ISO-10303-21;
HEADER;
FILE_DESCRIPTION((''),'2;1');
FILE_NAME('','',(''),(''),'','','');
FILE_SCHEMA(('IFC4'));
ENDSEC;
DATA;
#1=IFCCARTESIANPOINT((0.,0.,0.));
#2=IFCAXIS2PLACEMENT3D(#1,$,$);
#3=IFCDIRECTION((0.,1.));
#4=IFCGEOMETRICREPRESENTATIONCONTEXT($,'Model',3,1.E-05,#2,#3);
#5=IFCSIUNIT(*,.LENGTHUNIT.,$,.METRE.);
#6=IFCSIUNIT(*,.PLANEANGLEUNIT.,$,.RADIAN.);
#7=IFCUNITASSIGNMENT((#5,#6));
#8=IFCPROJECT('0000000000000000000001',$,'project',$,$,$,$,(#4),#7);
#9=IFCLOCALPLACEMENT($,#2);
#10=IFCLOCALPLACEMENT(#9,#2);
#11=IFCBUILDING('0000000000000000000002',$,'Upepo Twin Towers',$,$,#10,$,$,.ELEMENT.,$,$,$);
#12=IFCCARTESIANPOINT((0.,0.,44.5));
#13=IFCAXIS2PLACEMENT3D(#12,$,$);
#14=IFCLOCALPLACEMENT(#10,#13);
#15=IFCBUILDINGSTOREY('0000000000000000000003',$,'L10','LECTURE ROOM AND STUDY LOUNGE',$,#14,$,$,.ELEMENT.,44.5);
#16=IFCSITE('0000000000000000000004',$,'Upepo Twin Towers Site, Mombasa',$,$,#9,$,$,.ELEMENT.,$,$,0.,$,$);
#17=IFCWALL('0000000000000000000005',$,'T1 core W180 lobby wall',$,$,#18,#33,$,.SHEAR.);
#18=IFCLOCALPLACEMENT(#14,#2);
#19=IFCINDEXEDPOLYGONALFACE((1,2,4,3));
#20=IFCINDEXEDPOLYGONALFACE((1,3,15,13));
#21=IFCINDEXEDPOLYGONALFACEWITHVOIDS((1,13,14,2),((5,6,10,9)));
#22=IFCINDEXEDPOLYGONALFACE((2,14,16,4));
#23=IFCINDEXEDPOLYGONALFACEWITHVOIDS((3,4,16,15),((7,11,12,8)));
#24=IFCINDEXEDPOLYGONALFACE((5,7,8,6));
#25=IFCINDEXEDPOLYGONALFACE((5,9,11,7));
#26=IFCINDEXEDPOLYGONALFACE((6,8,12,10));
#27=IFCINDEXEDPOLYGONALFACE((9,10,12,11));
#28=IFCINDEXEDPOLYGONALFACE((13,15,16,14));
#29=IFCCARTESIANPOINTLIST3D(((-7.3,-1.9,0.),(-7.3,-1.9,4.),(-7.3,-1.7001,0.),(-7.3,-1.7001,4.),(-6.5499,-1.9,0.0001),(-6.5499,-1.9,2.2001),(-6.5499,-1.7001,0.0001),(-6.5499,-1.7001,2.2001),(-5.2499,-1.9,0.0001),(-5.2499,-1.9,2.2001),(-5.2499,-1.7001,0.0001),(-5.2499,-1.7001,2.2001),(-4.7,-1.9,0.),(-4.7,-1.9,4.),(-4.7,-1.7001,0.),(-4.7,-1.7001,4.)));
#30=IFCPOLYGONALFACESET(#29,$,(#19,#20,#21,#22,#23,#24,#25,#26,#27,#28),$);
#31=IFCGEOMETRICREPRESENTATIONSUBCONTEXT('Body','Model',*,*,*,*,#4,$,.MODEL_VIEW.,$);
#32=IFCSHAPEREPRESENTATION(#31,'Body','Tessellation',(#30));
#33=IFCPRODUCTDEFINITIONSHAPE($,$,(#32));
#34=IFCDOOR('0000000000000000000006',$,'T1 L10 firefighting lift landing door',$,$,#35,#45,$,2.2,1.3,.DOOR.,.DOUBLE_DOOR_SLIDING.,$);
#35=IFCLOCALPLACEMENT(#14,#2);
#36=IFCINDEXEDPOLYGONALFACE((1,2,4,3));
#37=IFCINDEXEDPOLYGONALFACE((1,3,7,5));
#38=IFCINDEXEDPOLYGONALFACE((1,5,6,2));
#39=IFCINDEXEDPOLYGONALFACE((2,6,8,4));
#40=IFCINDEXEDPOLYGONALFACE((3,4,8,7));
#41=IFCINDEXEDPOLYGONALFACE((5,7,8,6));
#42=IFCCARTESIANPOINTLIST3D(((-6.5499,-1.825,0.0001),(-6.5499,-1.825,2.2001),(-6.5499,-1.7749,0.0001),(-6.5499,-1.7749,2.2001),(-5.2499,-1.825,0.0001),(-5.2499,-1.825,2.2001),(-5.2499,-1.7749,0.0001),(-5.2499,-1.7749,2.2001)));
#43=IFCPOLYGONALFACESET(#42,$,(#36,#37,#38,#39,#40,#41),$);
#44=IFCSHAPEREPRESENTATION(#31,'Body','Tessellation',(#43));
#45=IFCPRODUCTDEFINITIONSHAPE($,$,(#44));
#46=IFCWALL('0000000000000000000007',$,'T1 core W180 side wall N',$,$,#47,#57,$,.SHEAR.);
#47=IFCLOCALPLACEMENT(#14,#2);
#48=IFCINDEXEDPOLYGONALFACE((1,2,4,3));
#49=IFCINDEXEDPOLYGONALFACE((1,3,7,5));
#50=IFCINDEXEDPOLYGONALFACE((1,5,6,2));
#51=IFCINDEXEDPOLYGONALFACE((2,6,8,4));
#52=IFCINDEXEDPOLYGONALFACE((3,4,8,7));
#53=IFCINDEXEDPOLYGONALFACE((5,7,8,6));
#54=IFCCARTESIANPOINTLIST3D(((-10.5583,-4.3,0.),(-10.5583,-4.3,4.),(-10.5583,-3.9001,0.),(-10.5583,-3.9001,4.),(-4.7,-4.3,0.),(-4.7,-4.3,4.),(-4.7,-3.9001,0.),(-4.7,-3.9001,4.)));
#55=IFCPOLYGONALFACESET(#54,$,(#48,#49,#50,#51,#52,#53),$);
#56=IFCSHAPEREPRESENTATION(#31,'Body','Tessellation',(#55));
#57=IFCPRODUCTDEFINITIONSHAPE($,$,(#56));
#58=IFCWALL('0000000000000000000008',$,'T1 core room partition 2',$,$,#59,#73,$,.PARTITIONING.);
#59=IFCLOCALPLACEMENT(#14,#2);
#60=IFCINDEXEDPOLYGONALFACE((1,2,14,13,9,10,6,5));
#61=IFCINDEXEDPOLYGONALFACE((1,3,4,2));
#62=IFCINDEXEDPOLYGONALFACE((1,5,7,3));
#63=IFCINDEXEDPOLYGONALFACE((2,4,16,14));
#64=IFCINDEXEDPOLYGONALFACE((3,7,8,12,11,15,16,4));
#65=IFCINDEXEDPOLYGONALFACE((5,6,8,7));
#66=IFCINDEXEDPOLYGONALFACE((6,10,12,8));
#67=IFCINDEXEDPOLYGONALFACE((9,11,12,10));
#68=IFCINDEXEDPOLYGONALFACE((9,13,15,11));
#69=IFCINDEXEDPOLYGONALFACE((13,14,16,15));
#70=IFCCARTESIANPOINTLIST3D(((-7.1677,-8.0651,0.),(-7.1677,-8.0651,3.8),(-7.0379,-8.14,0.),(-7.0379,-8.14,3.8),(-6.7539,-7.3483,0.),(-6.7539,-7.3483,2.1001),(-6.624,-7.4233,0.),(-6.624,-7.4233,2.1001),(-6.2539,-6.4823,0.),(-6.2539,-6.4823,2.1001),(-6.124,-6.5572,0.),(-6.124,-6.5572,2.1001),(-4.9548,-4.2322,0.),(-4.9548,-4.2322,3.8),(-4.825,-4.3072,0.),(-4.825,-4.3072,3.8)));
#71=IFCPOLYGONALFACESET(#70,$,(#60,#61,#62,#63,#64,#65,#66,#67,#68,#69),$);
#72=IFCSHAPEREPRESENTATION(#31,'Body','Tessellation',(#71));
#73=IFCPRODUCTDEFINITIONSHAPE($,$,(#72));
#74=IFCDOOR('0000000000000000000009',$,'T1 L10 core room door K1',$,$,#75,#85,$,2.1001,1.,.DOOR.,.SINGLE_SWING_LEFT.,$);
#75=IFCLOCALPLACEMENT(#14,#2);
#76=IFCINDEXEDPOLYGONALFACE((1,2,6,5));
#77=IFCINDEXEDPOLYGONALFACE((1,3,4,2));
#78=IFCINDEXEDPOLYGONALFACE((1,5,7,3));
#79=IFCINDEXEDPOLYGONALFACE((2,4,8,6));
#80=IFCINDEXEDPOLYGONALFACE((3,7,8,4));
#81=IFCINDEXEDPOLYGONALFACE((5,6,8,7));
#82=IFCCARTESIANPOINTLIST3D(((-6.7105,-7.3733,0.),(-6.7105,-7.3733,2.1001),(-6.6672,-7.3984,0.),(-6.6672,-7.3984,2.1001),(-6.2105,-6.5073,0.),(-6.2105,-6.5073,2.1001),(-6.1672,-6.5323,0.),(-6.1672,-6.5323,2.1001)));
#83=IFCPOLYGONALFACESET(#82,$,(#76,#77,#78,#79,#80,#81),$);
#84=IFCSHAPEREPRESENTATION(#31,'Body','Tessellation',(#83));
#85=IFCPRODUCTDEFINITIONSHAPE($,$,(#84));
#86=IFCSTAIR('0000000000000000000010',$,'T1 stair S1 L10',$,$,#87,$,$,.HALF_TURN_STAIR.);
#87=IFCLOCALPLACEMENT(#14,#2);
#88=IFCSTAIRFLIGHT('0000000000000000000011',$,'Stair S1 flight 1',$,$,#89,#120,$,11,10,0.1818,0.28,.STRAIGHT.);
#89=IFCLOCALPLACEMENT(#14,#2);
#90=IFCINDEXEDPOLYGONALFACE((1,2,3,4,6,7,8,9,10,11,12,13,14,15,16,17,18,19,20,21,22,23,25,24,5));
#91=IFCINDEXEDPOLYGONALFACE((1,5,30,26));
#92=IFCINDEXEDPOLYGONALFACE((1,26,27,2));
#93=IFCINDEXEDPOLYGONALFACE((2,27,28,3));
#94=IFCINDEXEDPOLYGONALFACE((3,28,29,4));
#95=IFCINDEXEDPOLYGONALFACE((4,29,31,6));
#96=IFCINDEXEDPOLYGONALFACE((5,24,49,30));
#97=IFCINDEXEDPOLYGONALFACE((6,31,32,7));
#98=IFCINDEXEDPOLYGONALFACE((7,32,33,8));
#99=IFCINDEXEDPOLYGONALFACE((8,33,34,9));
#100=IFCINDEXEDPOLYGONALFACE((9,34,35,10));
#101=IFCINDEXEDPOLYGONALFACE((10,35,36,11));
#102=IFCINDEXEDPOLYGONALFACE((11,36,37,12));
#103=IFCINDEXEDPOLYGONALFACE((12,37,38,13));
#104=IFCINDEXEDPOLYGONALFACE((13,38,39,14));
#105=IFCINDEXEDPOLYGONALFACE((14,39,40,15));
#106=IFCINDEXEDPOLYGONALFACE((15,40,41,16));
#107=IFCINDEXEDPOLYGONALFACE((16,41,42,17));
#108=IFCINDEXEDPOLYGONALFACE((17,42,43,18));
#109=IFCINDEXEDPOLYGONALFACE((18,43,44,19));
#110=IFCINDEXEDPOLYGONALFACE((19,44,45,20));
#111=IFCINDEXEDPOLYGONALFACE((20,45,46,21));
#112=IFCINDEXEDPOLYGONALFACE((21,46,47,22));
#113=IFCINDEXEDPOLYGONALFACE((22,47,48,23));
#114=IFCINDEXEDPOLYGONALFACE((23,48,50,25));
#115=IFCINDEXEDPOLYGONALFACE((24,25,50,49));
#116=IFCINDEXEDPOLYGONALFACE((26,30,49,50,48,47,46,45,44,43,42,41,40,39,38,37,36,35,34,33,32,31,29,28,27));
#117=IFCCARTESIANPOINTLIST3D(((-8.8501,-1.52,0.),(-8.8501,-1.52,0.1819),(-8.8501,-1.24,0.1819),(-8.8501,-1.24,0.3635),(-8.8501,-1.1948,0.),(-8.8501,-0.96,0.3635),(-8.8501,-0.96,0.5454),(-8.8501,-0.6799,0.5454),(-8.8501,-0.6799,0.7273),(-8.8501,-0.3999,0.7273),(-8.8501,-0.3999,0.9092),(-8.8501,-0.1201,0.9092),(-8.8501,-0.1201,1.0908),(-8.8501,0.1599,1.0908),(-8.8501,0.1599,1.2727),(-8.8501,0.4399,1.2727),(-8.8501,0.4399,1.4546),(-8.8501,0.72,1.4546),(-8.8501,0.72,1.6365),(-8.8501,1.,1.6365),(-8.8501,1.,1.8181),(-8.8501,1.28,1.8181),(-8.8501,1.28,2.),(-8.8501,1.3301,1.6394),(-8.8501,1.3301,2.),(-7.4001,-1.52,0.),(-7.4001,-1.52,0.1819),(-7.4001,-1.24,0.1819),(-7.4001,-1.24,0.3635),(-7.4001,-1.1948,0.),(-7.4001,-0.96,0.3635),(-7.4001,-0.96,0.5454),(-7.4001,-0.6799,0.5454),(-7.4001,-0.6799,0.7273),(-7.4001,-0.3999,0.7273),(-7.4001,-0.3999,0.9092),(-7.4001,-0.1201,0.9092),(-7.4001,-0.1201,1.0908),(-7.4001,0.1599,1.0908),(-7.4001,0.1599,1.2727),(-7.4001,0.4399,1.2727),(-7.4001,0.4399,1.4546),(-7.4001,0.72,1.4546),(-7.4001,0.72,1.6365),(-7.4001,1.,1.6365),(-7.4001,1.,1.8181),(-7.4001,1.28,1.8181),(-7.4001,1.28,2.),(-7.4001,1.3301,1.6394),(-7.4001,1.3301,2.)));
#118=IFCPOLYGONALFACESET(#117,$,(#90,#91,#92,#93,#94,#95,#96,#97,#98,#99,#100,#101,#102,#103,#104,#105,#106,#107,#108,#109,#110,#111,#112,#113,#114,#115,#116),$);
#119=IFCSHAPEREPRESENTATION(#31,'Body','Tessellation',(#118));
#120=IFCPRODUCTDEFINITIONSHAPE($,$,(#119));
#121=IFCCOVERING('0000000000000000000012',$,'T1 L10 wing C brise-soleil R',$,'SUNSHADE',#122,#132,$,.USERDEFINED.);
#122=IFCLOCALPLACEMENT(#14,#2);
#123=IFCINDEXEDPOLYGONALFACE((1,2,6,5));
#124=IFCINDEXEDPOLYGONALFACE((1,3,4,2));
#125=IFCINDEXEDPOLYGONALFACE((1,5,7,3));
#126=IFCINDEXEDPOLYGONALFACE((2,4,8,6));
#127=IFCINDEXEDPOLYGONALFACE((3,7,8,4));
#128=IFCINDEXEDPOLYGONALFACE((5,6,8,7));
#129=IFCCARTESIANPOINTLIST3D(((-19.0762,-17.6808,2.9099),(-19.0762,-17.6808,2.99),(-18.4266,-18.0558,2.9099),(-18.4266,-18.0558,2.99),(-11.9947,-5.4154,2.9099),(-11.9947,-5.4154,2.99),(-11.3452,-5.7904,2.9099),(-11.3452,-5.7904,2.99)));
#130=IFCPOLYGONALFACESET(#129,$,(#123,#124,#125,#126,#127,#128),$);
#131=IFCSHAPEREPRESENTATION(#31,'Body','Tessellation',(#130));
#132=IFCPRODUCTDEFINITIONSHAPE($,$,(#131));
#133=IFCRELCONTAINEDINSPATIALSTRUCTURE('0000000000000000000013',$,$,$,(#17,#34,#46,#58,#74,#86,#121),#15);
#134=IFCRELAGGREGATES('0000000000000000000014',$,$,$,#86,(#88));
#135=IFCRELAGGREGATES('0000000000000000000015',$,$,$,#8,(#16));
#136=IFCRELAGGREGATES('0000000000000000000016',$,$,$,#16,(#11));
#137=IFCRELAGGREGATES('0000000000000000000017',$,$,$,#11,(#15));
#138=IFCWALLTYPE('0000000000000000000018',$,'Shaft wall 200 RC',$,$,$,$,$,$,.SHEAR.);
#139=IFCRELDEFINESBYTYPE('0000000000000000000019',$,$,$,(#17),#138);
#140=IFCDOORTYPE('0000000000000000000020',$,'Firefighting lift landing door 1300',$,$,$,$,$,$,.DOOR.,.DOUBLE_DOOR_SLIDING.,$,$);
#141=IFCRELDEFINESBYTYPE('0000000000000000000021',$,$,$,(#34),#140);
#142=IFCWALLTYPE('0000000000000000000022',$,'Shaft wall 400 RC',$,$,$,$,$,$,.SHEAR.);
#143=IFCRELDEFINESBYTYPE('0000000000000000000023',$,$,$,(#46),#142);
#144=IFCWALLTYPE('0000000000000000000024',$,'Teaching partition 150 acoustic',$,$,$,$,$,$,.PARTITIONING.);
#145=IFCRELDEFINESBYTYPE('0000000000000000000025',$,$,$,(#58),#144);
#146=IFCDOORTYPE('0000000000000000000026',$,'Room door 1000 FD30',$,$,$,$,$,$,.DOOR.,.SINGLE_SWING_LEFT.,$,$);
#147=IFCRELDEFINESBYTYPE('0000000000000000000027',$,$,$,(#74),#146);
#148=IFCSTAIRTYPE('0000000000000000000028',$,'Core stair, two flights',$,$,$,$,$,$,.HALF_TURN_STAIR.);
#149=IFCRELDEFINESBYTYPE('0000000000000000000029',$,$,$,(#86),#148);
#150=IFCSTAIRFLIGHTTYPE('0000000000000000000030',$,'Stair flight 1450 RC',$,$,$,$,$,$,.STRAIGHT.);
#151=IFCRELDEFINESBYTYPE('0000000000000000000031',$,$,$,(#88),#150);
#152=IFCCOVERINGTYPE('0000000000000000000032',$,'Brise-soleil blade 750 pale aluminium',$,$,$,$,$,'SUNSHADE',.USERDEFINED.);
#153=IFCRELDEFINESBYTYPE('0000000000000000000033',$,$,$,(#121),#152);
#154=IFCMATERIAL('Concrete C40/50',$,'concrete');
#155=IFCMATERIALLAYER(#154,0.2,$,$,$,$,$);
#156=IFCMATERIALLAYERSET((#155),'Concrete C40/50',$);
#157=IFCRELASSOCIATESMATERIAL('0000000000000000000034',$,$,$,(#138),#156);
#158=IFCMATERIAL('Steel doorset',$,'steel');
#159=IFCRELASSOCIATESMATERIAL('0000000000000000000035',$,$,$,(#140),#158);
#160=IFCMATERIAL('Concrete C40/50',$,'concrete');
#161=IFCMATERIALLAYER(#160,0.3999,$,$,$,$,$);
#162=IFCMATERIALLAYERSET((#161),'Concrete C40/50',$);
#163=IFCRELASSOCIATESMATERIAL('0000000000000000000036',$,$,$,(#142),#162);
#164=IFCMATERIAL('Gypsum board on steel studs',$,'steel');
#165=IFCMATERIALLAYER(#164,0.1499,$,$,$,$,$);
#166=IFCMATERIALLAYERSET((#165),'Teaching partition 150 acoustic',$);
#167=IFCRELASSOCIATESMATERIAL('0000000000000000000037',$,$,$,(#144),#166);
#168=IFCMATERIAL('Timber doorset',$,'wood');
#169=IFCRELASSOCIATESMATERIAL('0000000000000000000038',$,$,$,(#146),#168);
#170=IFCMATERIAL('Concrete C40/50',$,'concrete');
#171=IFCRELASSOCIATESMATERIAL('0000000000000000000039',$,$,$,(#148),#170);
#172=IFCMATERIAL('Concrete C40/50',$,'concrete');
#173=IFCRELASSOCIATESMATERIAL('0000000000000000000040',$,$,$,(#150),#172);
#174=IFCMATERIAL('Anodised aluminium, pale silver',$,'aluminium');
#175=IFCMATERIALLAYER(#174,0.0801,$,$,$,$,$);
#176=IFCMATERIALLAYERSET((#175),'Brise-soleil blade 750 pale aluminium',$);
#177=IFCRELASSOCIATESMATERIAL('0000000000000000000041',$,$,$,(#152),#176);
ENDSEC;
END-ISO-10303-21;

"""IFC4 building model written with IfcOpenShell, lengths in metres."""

from ifc_helpers import new_model, si_unit, direction, frame, frame_2d, origin, origin_2d, place, context, subcontext, project, spatial, polyline, rectangle, outline, extrude, material, layer, layer_set, type_object, element, fill, aggregate, save


model = new_model("IFC4")

# Units and contexts
model_context = context("Model", 3, precision=1e-05, world=origin(), true_north=direction((0.0, 1.0)))
body_context = subcontext(model_context, "Body", "Model", "MODEL_VIEW")
ifc_project = project(units=[si_unit("LENGTHUNIT", "METRE"), si_unit("PLANEANGLEUNIT", "RADIAN")], contexts=[model_context])

# Site, building, storey
site_placement = place(None, origin())
site = spatial("IfcSite", under=ifc_project, at=site_placement, Name="Upepo Twin Towers Site, Mombasa", CompositionType="ELEMENT", RefElevation=0.0)
building_placement = place(site_placement, origin())
building = spatial("IfcBuilding", under=site, at=building_placement, Name="Upepo Twin Towers", CompositionType="ELEMENT")
storey_placement = place(building_placement, frame((0.0, 0.0, 44.5)))
storey = spatial("IfcBuildingStorey", under=building, at=storey_placement, Name="L10", Description="LECTURE ROOM AND STUDY LOUNGE", CompositionType="ELEMENT", Elevation=44.5)

# Wall, opening, door
ifc_material_1 = material(Name="Concrete C40/50", Category="concrete")
ifc_layer_1 = layer(ifc_material_1, 0.2)
ifc_layer_set_1 = layer_set([ifc_layer_1], Name="Concrete C40/50")
wall_type_1 = type_object("IfcWallType", Name="Shaft wall 200 RC", PredefinedType="SHEAR", material=ifc_layer_set_1)
wall_1_placement = place(storey_placement, frame((-4.7, -1.8, 0.0), z_axis=(0.0, 0.0, 1.0), x_axis=(-1.0, 0.0, 0.0)))
wall_1 = element("IfcWall", 1, at=wall_1_placement, inside=storey, type_object=wall_type_1, Name="T1 core W180 lobby wall", PredefinedType="SHEAR", context=body_context, shape_type="SweptSolid", body=[
    extrude(rectangle(XDim=2.6001, YDim=0.2, at=frame_2d((1.3, 0.0))), origin(), (0.0, 0.0, 1.0), 4.0),
])
opening_1_placement = place(wall_1_placement, frame((0.55, 0.0, 0.0)))
opening_1 = element("IfcOpeningElement", 2, at=opening_1_placement, cuts=wall_1, PredefinedType="OPENING", context=body_context, shape_type="SweptSolid", body=[
    extrude(rectangle(XDim=1.3, YDim=2.2, at=frame_2d((0.6499, 1.1001))), frame((0.0, 0.1099, 0.0), z_axis=(0.0, -1.0, 0.0), x_axis=(1.0, 0.0, 0.0)), (0.0, 0.0, 1.0), 0.22),
])
ifc_material_2 = material(Name="Steel doorset", Category="steel")
door_type_1 = type_object("IfcDoorType", Name="Firefighting lift landing door 1300", OperationType="DOUBLE_DOOR_SLIDING", PredefinedType="DOOR", material=ifc_material_2)
door_1_placement = place(opening_1_placement, origin())
door_1 = element("IfcDoor", 3, at=door_1_placement, inside=storey, type_object=door_type_1, Name="T1 L10 firefighting lift landing door", OperationType="DOUBLE_DOOR_SLIDING", OverallHeight=2.2, OverallWidth=1.3, PredefinedType="DOOR", context=body_context, shape_type="SweptSolid", body=[
    extrude(rectangle(XDim=1.3, YDim=2.2, at=frame_2d((0.6499, 1.1001))), frame((0.0, 0.0249, 0.0), z_axis=(0.0, -1.0, 0.0), x_axis=(1.0, 0.0, 0.0)), (0.0, 0.0, 1.0), 0.05),
])
fill(opening_1, door_1)

# Wall
ifc_material_3 = material(Name="Concrete C40/50", Category="concrete")
ifc_layer_2 = layer(ifc_material_3, 0.3999)
ifc_layer_set_2 = layer_set([ifc_layer_2], Name="Concrete C40/50")
wall_type_2 = type_object("IfcWallType", Name="Shaft wall 400 RC", PredefinedType="SHEAR", material=ifc_layer_set_2)
wall_2_placement = place(storey_placement, frame((-4.7, -4.1001, 0.0), z_axis=(0.0, 0.0, 1.0), x_axis=(-1.0, 0.0, 0.0)))
element("IfcWall", 4, at=wall_2_placement, inside=storey, type_object=wall_type_2, Name="T1 core W180 side wall N", PredefinedType="SHEAR", context=body_context, shape_type="SweptSolid", body=[
    extrude(rectangle(XDim=5.8584, YDim=0.3999, at=frame_2d((2.9292, 0.0))), origin(), (0.0, 0.0, 1.0), 4.0),
])

# Wall, opening, door
ifc_material_4 = material(Name="Gypsum board on steel studs", Category="steel")
ifc_layer_3 = layer(ifc_material_4, 0.1499)
ifc_layer_set_3 = layer_set([ifc_layer_3], Name="Teaching partition 150 acoustic")
wall_type_3 = type_object("IfcWallType", Name="Teaching partition 150 acoustic", PredefinedType="PARTITIONING", material=ifc_layer_set_3)
wall_3_placement = place(storey_placement, frame((-7.1028, -8.1025, 0.0), z_axis=(0.0, 0.0, 1.0), x_axis=(0.500007, 0.866021, 0.0)))
wall_3 = element("IfcWall", 5, at=wall_3_placement, inside=storey, type_object=wall_type_3, Name="T1 core room partition 2", PredefinedType="PARTITIONING", context=body_context, shape_type="SweptSolid", body=[
    extrude(rectangle(XDim=4.4258, YDim=0.1499, at=frame_2d((2.2129, 0.0))), origin(), (0.0, 0.0, 1.0), 3.8),
])
opening_2_placement = place(wall_3_placement, frame((0.8276, 0.0, 0.0)))
opening_2 = element("IfcOpeningElement", 6, at=opening_2_placement, cuts=wall_3, PredefinedType="OPENING", context=body_context, shape_type="SweptSolid", body=[
    extrude(rectangle(XDim=1.0, YDim=2.1001, at=frame_2d((0.5, 1.05))), frame((0.0, 0.085, 0.0), z_axis=(0.0, -1.0, 0.0), x_axis=(1.0, 0.0, 0.0)), (0.0, 0.0, 1.0), 0.1699),
])
ifc_material_5 = material(Name="Timber doorset", Category="wood")
door_type_2 = type_object("IfcDoorType", Name="Room door 1000 FD30", OperationType="SINGLE_SWING_LEFT", PredefinedType="DOOR", material=ifc_material_5)
door_2_placement = place(opening_2_placement, origin())
door_2 = element("IfcDoor", 7, at=door_2_placement, inside=storey, type_object=door_type_2, Name="T1 L10 core room door K1", OperationType="SINGLE_SWING_LEFT", OverallHeight=2.1001, OverallWidth=1.0, PredefinedType="DOOR", context=body_context, shape_type="SweptSolid", body=[
    extrude(rectangle(XDim=1.0, YDim=2.1001, at=frame_2d((0.5, 1.05))), frame((0.0, 0.0249, 0.0), z_axis=(0.0, -1.0, 0.0), x_axis=(1.0, 0.0, 0.0)), (0.0, 0.0, 1.0), 0.05),
])
fill(opening_2, door_2)

# Stair, stair flight
ifc_material_6 = material(Name="Concrete C40/50", Category="concrete")
stair_type = type_object("IfcStairType", Name="Core stair, two flights", PredefinedType="HALF_TURN_STAIR", material=ifc_material_6)
stair_placement = place(storey_placement, origin())
stair = element("IfcStair", 8, at=stair_placement, inside=storey, type_object=stair_type, Name="T1 stair S1 L10", PredefinedType="HALF_TURN_STAIR")
ifc_material_7 = material(Name="Concrete C40/50", Category="concrete")
stair_flight_type = type_object("IfcStairFlightType", Name="Stair flight 1450 RC", PredefinedType="STRAIGHT", material=ifc_material_7)
stair_flight_placement = place(storey_placement, frame((-8.125, -1.52, 0.0), z_axis=(0.0, 0.0, 1.0), x_axis=(0.0, 1.0, 0.0)))
stair_flight = element("IfcStairFlight", 9, at=stair_flight_placement, type_object=stair_flight_type, Name="Stair S1 flight 1", NumberOfRisers=11, NumberOfTreads=10, PredefinedType="STRAIGHT", RiserHeight=0.1818, TreadLength=0.28, context=body_context, shape_type="SweptSolid", body=[
    extrude(outline(polyline([(0.0, 0.0), (0.0, 0.1819), (0.28, 0.1819), (0.28, 0.3635), (0.5601, 0.3635), (0.5601, 0.5454), (0.8401, 0.5454), (0.8401, 0.7273), (1.1201, 0.7273), (1.1201, 0.9092), (1.3999, 0.9092), (1.3999, 1.0908), (1.6799, 1.0908), (1.6799, 1.2727), (1.96, 1.2727), (1.96, 1.4546), (2.24, 1.4546), (2.24, 1.6365), (2.52, 1.6365), (2.52, 1.8181), (2.8, 1.8181), (2.8, 2.0), (2.8501, 2.0), (2.8501, 1.6394), (0.3252, 0.0), (0.0, 0.0)])), frame((0.0, 0.7251, 0.0), z_axis=(0.0, -1.0, 0.0), x_axis=(1.0, 0.0, 0.0)), (0.0, 0.0, 1.0), 1.45),
])
aggregate(stair, [stair_flight])

# Covering
ifc_material_8 = material(Name="Anodised aluminium, pale silver", Category="aluminium")
ifc_layer_4 = layer(ifc_material_8, 0.0801)
ifc_layer_set_4 = layer_set([ifc_layer_4], Name="Brise-soleil blade 750 pale aluminium")
covering_type = type_object("IfcCoveringType", Name="Brise-soleil blade 750 pale aluminium", ElementType="SUNSHADE", PredefinedType="USERDEFINED", material=ifc_layer_set_4)
covering_placement = place(storey_placement, frame((-15.2107, -11.7356, 2.9099), z_axis=(0.0, 0.0, 1.0), x_axis=(-0.5, -0.866025, 0.0)))
element("IfcCovering", 10, at=covering_placement, inside=storey, type_object=covering_type, Name="T1 L10 wing C brise-soleil R", ObjectType="SUNSHADE", PredefinedType="USERDEFINED", context=body_context, shape_type="SweptSolid", body=[
    extrude(rectangle(XDim=14.1628, YDim=0.75, at=origin_2d()), origin(), (0.0, 0.0, 1.0), 0.0801),
])

save(model, "model.ifc")
